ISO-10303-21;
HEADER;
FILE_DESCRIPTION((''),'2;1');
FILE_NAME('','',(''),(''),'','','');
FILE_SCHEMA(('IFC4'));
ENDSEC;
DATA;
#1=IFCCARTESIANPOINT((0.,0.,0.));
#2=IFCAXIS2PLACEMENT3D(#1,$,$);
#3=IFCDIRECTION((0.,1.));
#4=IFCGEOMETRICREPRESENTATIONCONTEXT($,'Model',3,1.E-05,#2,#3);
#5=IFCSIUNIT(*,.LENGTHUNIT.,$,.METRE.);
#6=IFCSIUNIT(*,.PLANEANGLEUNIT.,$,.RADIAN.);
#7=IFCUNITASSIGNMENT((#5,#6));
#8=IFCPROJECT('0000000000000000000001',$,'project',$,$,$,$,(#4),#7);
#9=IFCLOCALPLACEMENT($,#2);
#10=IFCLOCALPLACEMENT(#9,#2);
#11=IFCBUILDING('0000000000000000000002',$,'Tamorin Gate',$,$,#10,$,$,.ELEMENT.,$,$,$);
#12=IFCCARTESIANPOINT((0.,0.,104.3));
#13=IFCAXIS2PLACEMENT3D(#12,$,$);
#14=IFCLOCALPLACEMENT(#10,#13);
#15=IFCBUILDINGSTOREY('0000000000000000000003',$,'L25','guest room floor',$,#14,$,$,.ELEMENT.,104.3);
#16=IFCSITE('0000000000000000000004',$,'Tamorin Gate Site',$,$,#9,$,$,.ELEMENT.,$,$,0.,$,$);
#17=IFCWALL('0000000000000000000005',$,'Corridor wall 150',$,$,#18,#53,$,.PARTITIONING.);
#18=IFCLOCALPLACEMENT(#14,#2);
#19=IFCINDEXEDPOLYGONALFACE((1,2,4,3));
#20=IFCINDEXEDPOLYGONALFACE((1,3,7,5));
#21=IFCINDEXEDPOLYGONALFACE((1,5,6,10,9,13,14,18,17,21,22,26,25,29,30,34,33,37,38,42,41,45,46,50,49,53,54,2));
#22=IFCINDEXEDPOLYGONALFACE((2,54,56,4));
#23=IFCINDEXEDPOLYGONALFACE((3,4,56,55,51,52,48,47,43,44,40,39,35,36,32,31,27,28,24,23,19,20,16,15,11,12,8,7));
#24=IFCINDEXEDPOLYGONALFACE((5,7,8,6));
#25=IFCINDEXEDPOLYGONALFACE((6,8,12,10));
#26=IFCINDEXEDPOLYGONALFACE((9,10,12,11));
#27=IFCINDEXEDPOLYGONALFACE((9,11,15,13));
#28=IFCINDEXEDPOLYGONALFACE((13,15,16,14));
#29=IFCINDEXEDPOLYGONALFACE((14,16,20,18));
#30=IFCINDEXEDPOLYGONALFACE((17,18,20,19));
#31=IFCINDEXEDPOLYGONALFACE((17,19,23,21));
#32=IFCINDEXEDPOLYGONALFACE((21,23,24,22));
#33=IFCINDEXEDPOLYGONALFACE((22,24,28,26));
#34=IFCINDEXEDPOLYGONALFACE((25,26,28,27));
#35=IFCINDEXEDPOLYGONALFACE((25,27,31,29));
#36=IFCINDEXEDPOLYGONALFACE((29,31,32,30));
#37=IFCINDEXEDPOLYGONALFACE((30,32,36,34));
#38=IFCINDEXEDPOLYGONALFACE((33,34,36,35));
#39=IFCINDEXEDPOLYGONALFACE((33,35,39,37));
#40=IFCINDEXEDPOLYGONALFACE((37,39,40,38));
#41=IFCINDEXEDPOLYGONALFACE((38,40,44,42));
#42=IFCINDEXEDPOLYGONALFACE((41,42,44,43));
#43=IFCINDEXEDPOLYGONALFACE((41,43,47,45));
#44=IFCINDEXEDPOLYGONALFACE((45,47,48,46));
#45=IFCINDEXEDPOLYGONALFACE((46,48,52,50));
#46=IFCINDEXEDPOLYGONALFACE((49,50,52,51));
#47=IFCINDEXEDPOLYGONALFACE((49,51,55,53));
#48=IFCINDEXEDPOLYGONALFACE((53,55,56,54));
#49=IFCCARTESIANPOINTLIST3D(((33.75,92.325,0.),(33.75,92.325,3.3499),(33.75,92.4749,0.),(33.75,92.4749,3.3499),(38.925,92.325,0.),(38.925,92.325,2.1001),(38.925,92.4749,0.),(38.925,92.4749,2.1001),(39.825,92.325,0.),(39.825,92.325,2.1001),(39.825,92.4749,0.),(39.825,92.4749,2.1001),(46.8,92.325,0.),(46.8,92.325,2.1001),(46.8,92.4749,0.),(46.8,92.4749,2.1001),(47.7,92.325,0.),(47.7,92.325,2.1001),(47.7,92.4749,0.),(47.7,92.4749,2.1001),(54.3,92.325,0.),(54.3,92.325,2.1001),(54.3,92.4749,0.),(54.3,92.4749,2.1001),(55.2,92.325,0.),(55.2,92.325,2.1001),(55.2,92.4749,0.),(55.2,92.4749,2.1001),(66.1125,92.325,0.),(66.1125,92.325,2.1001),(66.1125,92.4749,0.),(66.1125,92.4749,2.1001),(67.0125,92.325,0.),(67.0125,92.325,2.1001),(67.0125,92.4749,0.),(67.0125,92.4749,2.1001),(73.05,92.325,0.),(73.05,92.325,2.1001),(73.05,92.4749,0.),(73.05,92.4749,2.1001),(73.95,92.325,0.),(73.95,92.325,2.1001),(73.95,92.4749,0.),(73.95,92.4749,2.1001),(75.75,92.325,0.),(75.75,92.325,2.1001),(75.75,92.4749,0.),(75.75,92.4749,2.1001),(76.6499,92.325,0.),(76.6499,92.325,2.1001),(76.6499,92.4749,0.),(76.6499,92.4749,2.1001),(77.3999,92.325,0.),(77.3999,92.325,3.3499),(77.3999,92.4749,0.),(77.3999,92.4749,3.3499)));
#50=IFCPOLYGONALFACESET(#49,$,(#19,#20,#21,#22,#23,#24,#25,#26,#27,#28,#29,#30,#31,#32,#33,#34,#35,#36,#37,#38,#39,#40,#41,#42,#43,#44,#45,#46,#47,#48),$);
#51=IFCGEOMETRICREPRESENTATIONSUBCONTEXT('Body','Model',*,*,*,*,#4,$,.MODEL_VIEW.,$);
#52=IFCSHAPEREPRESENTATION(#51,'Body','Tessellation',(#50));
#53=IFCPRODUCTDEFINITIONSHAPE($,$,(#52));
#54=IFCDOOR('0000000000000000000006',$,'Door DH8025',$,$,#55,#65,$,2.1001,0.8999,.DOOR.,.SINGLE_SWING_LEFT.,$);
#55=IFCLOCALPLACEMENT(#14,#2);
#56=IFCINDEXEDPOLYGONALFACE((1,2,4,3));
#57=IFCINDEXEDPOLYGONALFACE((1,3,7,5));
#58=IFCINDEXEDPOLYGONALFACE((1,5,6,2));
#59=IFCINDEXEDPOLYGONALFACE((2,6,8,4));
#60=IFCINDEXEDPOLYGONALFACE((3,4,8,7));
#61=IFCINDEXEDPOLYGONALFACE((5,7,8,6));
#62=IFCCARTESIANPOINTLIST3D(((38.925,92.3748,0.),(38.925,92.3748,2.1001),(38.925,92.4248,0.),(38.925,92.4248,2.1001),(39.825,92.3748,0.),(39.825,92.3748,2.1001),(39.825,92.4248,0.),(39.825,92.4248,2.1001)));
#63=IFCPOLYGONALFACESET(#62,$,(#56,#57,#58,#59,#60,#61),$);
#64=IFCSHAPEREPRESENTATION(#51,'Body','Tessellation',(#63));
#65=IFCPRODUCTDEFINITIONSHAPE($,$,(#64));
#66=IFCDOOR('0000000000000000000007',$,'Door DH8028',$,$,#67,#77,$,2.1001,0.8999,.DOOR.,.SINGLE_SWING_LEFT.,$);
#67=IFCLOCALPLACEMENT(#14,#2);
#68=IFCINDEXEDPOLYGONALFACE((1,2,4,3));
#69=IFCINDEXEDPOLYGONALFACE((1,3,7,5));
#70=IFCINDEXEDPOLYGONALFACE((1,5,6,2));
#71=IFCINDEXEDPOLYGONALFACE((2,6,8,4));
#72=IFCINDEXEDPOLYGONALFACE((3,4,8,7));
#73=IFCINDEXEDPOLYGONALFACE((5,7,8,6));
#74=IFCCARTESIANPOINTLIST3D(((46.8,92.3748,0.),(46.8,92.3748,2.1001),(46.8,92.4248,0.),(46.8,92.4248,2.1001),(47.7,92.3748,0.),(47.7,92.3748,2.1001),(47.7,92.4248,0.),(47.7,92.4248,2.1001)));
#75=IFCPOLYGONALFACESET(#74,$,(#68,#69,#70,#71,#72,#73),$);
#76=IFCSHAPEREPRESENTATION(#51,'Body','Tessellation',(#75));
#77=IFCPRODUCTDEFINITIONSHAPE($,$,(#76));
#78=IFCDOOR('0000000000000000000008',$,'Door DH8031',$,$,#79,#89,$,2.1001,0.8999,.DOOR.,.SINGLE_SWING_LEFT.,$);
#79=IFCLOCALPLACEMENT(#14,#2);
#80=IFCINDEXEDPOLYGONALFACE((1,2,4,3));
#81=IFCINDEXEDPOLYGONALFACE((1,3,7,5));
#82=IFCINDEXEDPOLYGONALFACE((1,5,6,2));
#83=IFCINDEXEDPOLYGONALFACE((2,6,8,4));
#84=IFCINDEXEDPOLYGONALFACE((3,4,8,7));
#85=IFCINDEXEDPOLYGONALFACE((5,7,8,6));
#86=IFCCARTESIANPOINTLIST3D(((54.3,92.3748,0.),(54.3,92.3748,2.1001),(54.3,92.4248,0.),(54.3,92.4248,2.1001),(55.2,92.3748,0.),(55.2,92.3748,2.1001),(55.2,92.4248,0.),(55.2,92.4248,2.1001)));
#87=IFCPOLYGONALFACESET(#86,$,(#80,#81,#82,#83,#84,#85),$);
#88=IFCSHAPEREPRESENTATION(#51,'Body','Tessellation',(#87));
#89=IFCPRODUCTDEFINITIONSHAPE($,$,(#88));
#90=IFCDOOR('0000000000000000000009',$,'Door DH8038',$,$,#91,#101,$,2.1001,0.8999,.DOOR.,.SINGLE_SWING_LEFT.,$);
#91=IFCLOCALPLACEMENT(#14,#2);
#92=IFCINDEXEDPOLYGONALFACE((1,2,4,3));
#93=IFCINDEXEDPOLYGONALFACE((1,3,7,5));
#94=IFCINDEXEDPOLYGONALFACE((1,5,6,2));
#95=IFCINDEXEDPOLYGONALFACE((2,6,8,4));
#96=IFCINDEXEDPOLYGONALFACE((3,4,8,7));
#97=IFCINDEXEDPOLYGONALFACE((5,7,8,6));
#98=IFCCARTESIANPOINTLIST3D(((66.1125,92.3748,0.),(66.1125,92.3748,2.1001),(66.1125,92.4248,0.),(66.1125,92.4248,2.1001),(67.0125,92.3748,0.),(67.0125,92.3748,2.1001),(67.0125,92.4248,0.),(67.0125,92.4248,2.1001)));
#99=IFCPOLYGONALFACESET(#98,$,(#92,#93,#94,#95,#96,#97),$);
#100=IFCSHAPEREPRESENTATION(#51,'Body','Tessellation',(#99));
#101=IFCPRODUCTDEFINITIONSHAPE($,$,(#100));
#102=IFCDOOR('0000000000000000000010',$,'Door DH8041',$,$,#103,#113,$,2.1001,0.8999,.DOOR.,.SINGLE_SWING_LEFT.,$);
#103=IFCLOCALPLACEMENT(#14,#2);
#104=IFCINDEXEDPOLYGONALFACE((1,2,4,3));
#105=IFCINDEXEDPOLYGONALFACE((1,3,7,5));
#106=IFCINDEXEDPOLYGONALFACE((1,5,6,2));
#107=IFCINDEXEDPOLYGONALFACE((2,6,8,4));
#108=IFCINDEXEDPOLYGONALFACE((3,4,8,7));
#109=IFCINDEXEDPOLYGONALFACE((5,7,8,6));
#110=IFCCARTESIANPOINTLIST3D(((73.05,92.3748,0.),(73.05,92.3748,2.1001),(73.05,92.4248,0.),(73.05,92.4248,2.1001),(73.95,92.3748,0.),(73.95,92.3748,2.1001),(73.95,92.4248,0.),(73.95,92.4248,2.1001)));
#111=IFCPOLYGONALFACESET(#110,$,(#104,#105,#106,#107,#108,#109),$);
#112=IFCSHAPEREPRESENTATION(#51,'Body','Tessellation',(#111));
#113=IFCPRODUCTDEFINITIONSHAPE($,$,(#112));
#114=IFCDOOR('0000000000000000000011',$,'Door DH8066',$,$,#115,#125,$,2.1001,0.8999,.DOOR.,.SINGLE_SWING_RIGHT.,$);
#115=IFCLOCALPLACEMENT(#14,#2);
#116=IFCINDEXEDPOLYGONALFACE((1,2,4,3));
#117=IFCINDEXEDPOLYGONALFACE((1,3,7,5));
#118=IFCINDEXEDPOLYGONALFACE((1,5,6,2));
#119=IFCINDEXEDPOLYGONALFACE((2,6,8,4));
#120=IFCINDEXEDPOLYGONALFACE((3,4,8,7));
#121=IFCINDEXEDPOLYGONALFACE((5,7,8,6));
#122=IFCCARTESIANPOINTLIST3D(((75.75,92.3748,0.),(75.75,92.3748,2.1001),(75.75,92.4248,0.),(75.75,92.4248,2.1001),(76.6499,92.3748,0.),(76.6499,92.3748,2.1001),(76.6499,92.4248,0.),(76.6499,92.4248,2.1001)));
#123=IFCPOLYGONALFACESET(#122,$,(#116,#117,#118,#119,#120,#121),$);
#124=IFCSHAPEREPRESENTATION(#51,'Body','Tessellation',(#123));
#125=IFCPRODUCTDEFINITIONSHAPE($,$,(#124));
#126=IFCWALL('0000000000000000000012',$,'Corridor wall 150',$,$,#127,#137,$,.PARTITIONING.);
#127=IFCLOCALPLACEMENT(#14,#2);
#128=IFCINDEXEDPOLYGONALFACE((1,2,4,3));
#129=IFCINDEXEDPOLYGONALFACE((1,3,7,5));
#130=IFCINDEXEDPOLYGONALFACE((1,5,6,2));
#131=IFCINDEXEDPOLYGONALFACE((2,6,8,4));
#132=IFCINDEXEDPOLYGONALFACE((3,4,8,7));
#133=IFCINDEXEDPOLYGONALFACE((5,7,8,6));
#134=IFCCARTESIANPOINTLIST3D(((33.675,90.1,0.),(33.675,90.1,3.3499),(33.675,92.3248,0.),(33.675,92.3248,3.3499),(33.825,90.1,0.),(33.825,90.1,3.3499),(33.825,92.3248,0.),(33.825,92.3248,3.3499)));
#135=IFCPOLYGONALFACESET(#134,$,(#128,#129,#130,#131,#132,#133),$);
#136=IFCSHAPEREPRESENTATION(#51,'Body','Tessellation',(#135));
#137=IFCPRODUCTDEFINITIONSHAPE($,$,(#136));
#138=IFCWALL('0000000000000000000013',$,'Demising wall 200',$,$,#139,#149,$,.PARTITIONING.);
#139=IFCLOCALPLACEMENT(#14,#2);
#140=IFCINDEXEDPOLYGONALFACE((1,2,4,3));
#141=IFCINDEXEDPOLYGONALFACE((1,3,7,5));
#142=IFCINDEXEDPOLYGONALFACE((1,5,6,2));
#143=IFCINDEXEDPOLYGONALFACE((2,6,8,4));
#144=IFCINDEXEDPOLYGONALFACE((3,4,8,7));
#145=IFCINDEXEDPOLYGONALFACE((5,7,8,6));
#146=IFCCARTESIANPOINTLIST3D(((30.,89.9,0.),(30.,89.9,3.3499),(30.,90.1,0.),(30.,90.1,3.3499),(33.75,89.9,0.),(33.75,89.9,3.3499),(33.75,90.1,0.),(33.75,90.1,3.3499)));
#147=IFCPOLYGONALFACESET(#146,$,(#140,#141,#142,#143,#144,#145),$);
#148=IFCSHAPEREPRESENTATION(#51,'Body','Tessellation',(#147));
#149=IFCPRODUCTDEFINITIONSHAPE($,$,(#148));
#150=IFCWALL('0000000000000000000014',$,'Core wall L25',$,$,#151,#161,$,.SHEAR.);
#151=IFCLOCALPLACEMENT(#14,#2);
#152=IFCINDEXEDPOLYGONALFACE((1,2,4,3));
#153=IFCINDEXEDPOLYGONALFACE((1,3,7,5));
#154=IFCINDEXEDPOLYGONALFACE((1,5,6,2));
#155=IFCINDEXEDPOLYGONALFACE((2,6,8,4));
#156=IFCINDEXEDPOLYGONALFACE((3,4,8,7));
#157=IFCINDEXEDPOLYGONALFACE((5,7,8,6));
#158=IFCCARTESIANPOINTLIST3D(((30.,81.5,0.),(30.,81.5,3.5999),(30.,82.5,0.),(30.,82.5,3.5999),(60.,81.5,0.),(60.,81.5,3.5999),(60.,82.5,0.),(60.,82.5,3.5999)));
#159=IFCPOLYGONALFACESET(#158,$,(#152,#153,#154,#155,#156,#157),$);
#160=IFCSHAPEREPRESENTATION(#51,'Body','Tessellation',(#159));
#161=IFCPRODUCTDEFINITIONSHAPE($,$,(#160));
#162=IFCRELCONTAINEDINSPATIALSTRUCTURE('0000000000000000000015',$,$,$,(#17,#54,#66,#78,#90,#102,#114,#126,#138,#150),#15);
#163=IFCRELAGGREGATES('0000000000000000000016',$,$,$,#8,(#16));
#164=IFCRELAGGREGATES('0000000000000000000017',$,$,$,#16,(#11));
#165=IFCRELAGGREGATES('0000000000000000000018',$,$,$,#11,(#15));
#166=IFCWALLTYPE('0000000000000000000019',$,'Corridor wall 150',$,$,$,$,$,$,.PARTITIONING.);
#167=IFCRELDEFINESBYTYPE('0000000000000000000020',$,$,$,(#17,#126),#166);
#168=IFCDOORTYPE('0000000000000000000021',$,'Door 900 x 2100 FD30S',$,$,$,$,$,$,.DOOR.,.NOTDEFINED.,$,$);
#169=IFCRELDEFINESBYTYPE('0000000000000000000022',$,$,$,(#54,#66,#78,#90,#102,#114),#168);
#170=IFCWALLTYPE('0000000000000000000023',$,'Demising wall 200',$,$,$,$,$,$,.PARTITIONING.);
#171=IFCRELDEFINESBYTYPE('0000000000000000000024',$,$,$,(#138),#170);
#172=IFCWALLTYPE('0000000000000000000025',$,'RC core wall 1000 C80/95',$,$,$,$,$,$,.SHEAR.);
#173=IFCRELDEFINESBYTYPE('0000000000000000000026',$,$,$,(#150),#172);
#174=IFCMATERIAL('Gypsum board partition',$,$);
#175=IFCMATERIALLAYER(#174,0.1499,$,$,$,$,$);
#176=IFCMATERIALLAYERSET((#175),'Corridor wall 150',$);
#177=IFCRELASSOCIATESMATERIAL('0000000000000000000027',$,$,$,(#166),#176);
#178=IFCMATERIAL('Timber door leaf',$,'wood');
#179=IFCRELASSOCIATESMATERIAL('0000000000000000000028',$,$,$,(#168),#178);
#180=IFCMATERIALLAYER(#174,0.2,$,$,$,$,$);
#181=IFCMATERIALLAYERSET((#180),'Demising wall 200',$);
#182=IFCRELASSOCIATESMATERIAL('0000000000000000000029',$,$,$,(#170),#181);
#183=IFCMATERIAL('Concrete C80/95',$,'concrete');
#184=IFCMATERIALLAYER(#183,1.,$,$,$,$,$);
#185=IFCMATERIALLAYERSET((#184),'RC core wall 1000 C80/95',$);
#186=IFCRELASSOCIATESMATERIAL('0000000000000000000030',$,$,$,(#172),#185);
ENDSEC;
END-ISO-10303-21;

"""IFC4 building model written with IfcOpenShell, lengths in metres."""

from ifc_helpers import new_model, si_unit, direction, frame, frame_2d, origin, place, context, subcontext, project, spatial, rectangle, extrude, material, layer, layer_set, type_object, element, fill, save


model = new_model("IFC4")

# Units and contexts
model_context = context("Model", 3, precision=1e-05, world=origin(), true_north=direction((0.0, 1.0)))
body_context = subcontext(model_context, "Body", "Model", "MODEL_VIEW")
ifc_project = project(units=[si_unit("LENGTHUNIT", "METRE"), si_unit("PLANEANGLEUNIT", "RADIAN")], contexts=[model_context])

# Site, building, storey
site_placement = place(None, origin())
site = spatial("IfcSite", under=ifc_project, at=site_placement, Name="Tamorin Gate Site", CompositionType="ELEMENT", RefElevation=0.0)
building_placement = place(site_placement, origin())
building = spatial("IfcBuilding", under=site, at=building_placement, Name="Tamorin Gate", CompositionType="ELEMENT")
storey_placement = place(building_placement, frame((0.0, 0.0, 104.3)))
storey = spatial("IfcBuildingStorey", under=building, at=storey_placement, Name="L25", Description="guest room floor", CompositionType="ELEMENT", Elevation=104.3)

# Shared definitions
ifc_material_1 = material(Name="Concrete C80/95", Category="concrete")

# Wall, openings, doors
ifc_material_2 = material(Name="Gypsum board partition")
ifc_layer_1 = layer(ifc_material_2, 0.1499)
ifc_layer_set_1 = layer_set([ifc_layer_1], Name="Corridor wall 150")
wall_type_1 = type_object("IfcWallType", Name="Corridor wall 150", PredefinedType="PARTITIONING", material=ifc_layer_set_1)
ifc_material_3 = material(Name="Timber door leaf", Category="wood")
door_type_1 = type_object("IfcDoorType", Name="Door 900 x 2100 FD30S", OperationType="NOTDEFINED", PredefinedType="DOOR", material=ifc_material_3)
wall_1_placement = place(storey_placement, frame((33.75, 92.3999, 0.0), z_axis=(0.0, 0.0, 1.0), x_axis=(1.0, 0.0, 0.0)))
wall_1 = element("IfcWall", 1, at=wall_1_placement, inside=storey, type_object=wall_type_1, Name="Corridor wall 150", PredefinedType="PARTITIONING", context=body_context, shape_type="SweptSolid", body=[
    extrude(rectangle(XDim=43.6499, YDim=0.1499, at=frame_2d((21.825, 0.0))), origin(), (0.0, 0.0, 1.0), 3.3499),
])
opening_1_placement = place(wall_1_placement, frame((5.175, 0.0, 0.0)))
opening_1 = element("IfcOpeningElement", 2, at=opening_1_placement, cuts=wall_1, PredefinedType="OPENING", context=body_context, shape_type="SweptSolid", body=[
    extrude(rectangle(XDim=0.8999, YDim=2.1001, at=frame_2d((0.45, 1.05))), frame((0.0, 0.085, 0.0), z_axis=(0.0, -1.0, 0.0), x_axis=(1.0, 0.0, 0.0)), (0.0, 0.0, 1.0), 0.1699),
])
opening_2_placement = place(wall_1_placement, frame((13.05, 0.0, 0.0)))
opening_2 = element("IfcOpeningElement", 3, at=opening_2_placement, cuts=wall_1, PredefinedType="OPENING", context=body_context, shape_type="SweptSolid", body=[
    extrude(rectangle(XDim=0.8999, YDim=2.1001, at=frame_2d((0.45, 1.05))), frame((0.0, 0.085, 0.0), z_axis=(0.0, -1.0, 0.0), x_axis=(1.0, 0.0, 0.0)), (0.0, 0.0, 1.0), 0.1699),
])
opening_3_placement = place(wall_1_placement, frame((20.55, 0.0, 0.0)))
opening_3 = element("IfcOpeningElement", 4, at=opening_3_placement, cuts=wall_1, PredefinedType="OPENING", context=body_context, shape_type="SweptSolid", body=[
    extrude(rectangle(XDim=0.8999, YDim=2.1001, at=frame_2d((0.45, 1.05))), frame((0.0, 0.085, 0.0), z_axis=(0.0, -1.0, 0.0), x_axis=(1.0, 0.0, 0.0)), (0.0, 0.0, 1.0), 0.1699),
])
opening_4_placement = place(wall_1_placement, frame((32.3625, 0.0, 0.0)))
opening_4 = element("IfcOpeningElement", 5, at=opening_4_placement, cuts=wall_1, PredefinedType="OPENING", context=body_context, shape_type="SweptSolid", body=[
    extrude(rectangle(XDim=0.8999, YDim=2.1001, at=frame_2d((0.45, 1.05))), frame((0.0, 0.085, 0.0), z_axis=(0.0, -1.0, 0.0), x_axis=(1.0, 0.0, 0.0)), (0.0, 0.0, 1.0), 0.1699),
])
opening_5_placement = place(wall_1_placement, frame((39.3, 0.0, 0.0)))
opening_5 = element("IfcOpeningElement", 6, at=opening_5_placement, cuts=wall_1, PredefinedType="OPENING", context=body_context, shape_type="SweptSolid", body=[
    extrude(rectangle(XDim=0.8999, YDim=2.1001, at=frame_2d((0.45, 1.05))), frame((0.0, 0.085, 0.0), z_axis=(0.0, -1.0, 0.0), x_axis=(1.0, 0.0, 0.0)), (0.0, 0.0, 1.0), 0.1699),
])
opening_6_placement = place(wall_1_placement, frame((42.0, 0.0, 0.0)))
opening_6 = element("IfcOpeningElement", 7, at=opening_6_placement, cuts=wall_1, PredefinedType="OPENING", context=body_context, shape_type="SweptSolid", body=[
    extrude(rectangle(XDim=0.8999, YDim=2.1001, at=frame_2d((0.45, 1.05))), frame((0.0, 0.085, 0.0), z_axis=(0.0, -1.0, 0.0), x_axis=(1.0, 0.0, 0.0)), (0.0, 0.0, 1.0), 0.1699),
])
door_1_placement = place(opening_1_placement, origin())
door_1 = element("IfcDoor", 8, at=door_1_placement, inside=storey, type_object=door_type_1, Name="Door DH8025", OperationType="SINGLE_SWING_LEFT", OverallHeight=2.1001, OverallWidth=0.8999, PredefinedType="DOOR", context=body_context, shape_type="SweptSolid", body=[
    extrude(rectangle(XDim=0.8999, YDim=2.1001, at=frame_2d((0.45, 1.05))), frame((0.0, 0.0249, 0.0), z_axis=(0.0, -1.0, 0.0), x_axis=(1.0, 0.0, 0.0)), (0.0, 0.0, 1.0), 0.05),
])
fill(opening_1, door_1)
door_2_placement = place(opening_2_placement, origin())
door_2 = element("IfcDoor", 9, at=door_2_placement, inside=storey, type_object=door_type_1, Name="Door DH8028", OperationType="SINGLE_SWING_LEFT", OverallHeight=2.1001, OverallWidth=0.8999, PredefinedType="DOOR", context=body_context, shape_type="SweptSolid", body=[
    extrude(rectangle(XDim=0.8999, YDim=2.1001, at=frame_2d((0.45, 1.05))), frame((0.0, 0.0249, 0.0), z_axis=(0.0, -1.0, 0.0), x_axis=(1.0, 0.0, 0.0)), (0.0, 0.0, 1.0), 0.05),
])
fill(opening_2, door_2)
door_3_placement = place(opening_3_placement, origin())
door_3 = element("IfcDoor", 10, at=door_3_placement, inside=storey, type_object=door_type_1, Name="Door DH8031", OperationType="SINGLE_SWING_LEFT", OverallHeight=2.1001, OverallWidth=0.8999, PredefinedType="DOOR", context=body_context, shape_type="SweptSolid", body=[
    extrude(rectangle(XDim=0.8999, YDim=2.1001, at=frame_2d((0.45, 1.05))), frame((0.0, 0.0249, 0.0), z_axis=(0.0, -1.0, 0.0), x_axis=(1.0, 0.0, 0.0)), (0.0, 0.0, 1.0), 0.05),
])
fill(opening_3, door_3)
door_4_placement = place(opening_4_placement, origin())
door_4 = element("IfcDoor", 11, at=door_4_placement, inside=storey, type_object=door_type_1, Name="Door DH8038", OperationType="SINGLE_SWING_LEFT", OverallHeight=2.1001, OverallWidth=0.8999, PredefinedType="DOOR", context=body_context, shape_type="SweptSolid", body=[
    extrude(rectangle(XDim=0.8999, YDim=2.1001, at=frame_2d((0.45, 1.05))), frame((0.0, 0.0249, 0.0), z_axis=(0.0, -1.0, 0.0), x_axis=(1.0, 0.0, 0.0)), (0.0, 0.0, 1.0), 0.05),
])
fill(opening_4, door_4)
door_5_placement = place(opening_5_placement, origin())
door_5 = element("IfcDoor", 12, at=door_5_placement, inside=storey, type_object=door_type_1, Name="Door DH8041", OperationType="SINGLE_SWING_LEFT", OverallHeight=2.1001, OverallWidth=0.8999, PredefinedType="DOOR", context=body_context, shape_type="SweptSolid", body=[
    extrude(rectangle(XDim=0.8999, YDim=2.1001, at=frame_2d((0.45, 1.05))), frame((0.0, 0.0249, 0.0), z_axis=(0.0, -1.0, 0.0), x_axis=(1.0, 0.0, 0.0)), (0.0, 0.0, 1.0), 0.05),
])
fill(opening_5, door_5)
door_6_placement = place(opening_6_placement, origin())
door_6 = element("IfcDoor", 13, at=door_6_placement, inside=storey, type_object=door_type_1, Name="Door DH8066", OperationType="SINGLE_SWING_RIGHT", OverallHeight=2.1001, OverallWidth=0.8999, PredefinedType="DOOR", context=body_context, shape_type="SweptSolid", body=[
    extrude(rectangle(XDim=0.8999, YDim=2.1001, at=frame_2d((0.45, 1.05))), frame((0.0, 0.0249, 0.0), z_axis=(0.0, -1.0, 0.0), x_axis=(1.0, 0.0, 0.0)), (0.0, 0.0, 1.0), 0.05),
])
fill(opening_6, door_6)

# Walls
wall_2_placement = place(storey_placement, frame((33.75, 90.1001, 0.0), z_axis=(0.0, 0.0, 1.0), x_axis=(0.0, 1.0, 0.0)))
element("IfcWall", 14, at=wall_2_placement, inside=storey, type_object=wall_type_1, Name="Corridor wall 150", PredefinedType="PARTITIONING", context=body_context, shape_type="SweptSolid", body=[
    extrude(rectangle(XDim=2.2249, YDim=0.1499, at=frame_2d((1.1123, 0.0))), origin(), (0.0, 0.0, 1.0), 3.3499),
])
ifc_layer_2 = layer(ifc_material_2, 0.2)
ifc_layer_set_2 = layer_set([ifc_layer_2], Name="Demising wall 200")
wall_type_2 = type_object("IfcWallType", Name="Demising wall 200", PredefinedType="PARTITIONING", material=ifc_layer_set_2)
wall_3_placement = place(storey_placement, frame((30.0, 90.0, 0.0), z_axis=(0.0, 0.0, 1.0), x_axis=(1.0, 0.0, 0.0)))
element("IfcWall", 15, at=wall_3_placement, inside=storey, type_object=wall_type_2, Name="Demising wall 200", PredefinedType="PARTITIONING", context=body_context, shape_type="SweptSolid", body=[
    extrude(rectangle(XDim=3.75, YDim=0.2, at=frame_2d((1.875, 0.0))), origin(), (0.0, 0.0, 1.0), 3.3499),
])
ifc_layer_3 = layer(ifc_material_1, 1.0)
ifc_layer_set_3 = layer_set([ifc_layer_3], Name="RC core wall 1000 C80/95")
wall_type_3 = type_object("IfcWallType", Name="RC core wall 1000 C80/95", PredefinedType="SHEAR", material=ifc_layer_set_3)
wall_4_placement = place(storey_placement, frame((30.0, 82.0, 0.0), z_axis=(0.0, 0.0, 1.0), x_axis=(1.0, 0.0, 0.0)))
element("IfcWall", 16, at=wall_4_placement, inside=storey, type_object=wall_type_3, Name="Core wall L25", PredefinedType="SHEAR", context=body_context, shape_type="SweptSolid", body=[
    extrude(rectangle(XDim=30.0, YDim=1.0, at=frame_2d((15.0, 0.0))), origin(), (0.0, 0.0, 1.0), 3.5999),
])

save(model, "model.ifc")
